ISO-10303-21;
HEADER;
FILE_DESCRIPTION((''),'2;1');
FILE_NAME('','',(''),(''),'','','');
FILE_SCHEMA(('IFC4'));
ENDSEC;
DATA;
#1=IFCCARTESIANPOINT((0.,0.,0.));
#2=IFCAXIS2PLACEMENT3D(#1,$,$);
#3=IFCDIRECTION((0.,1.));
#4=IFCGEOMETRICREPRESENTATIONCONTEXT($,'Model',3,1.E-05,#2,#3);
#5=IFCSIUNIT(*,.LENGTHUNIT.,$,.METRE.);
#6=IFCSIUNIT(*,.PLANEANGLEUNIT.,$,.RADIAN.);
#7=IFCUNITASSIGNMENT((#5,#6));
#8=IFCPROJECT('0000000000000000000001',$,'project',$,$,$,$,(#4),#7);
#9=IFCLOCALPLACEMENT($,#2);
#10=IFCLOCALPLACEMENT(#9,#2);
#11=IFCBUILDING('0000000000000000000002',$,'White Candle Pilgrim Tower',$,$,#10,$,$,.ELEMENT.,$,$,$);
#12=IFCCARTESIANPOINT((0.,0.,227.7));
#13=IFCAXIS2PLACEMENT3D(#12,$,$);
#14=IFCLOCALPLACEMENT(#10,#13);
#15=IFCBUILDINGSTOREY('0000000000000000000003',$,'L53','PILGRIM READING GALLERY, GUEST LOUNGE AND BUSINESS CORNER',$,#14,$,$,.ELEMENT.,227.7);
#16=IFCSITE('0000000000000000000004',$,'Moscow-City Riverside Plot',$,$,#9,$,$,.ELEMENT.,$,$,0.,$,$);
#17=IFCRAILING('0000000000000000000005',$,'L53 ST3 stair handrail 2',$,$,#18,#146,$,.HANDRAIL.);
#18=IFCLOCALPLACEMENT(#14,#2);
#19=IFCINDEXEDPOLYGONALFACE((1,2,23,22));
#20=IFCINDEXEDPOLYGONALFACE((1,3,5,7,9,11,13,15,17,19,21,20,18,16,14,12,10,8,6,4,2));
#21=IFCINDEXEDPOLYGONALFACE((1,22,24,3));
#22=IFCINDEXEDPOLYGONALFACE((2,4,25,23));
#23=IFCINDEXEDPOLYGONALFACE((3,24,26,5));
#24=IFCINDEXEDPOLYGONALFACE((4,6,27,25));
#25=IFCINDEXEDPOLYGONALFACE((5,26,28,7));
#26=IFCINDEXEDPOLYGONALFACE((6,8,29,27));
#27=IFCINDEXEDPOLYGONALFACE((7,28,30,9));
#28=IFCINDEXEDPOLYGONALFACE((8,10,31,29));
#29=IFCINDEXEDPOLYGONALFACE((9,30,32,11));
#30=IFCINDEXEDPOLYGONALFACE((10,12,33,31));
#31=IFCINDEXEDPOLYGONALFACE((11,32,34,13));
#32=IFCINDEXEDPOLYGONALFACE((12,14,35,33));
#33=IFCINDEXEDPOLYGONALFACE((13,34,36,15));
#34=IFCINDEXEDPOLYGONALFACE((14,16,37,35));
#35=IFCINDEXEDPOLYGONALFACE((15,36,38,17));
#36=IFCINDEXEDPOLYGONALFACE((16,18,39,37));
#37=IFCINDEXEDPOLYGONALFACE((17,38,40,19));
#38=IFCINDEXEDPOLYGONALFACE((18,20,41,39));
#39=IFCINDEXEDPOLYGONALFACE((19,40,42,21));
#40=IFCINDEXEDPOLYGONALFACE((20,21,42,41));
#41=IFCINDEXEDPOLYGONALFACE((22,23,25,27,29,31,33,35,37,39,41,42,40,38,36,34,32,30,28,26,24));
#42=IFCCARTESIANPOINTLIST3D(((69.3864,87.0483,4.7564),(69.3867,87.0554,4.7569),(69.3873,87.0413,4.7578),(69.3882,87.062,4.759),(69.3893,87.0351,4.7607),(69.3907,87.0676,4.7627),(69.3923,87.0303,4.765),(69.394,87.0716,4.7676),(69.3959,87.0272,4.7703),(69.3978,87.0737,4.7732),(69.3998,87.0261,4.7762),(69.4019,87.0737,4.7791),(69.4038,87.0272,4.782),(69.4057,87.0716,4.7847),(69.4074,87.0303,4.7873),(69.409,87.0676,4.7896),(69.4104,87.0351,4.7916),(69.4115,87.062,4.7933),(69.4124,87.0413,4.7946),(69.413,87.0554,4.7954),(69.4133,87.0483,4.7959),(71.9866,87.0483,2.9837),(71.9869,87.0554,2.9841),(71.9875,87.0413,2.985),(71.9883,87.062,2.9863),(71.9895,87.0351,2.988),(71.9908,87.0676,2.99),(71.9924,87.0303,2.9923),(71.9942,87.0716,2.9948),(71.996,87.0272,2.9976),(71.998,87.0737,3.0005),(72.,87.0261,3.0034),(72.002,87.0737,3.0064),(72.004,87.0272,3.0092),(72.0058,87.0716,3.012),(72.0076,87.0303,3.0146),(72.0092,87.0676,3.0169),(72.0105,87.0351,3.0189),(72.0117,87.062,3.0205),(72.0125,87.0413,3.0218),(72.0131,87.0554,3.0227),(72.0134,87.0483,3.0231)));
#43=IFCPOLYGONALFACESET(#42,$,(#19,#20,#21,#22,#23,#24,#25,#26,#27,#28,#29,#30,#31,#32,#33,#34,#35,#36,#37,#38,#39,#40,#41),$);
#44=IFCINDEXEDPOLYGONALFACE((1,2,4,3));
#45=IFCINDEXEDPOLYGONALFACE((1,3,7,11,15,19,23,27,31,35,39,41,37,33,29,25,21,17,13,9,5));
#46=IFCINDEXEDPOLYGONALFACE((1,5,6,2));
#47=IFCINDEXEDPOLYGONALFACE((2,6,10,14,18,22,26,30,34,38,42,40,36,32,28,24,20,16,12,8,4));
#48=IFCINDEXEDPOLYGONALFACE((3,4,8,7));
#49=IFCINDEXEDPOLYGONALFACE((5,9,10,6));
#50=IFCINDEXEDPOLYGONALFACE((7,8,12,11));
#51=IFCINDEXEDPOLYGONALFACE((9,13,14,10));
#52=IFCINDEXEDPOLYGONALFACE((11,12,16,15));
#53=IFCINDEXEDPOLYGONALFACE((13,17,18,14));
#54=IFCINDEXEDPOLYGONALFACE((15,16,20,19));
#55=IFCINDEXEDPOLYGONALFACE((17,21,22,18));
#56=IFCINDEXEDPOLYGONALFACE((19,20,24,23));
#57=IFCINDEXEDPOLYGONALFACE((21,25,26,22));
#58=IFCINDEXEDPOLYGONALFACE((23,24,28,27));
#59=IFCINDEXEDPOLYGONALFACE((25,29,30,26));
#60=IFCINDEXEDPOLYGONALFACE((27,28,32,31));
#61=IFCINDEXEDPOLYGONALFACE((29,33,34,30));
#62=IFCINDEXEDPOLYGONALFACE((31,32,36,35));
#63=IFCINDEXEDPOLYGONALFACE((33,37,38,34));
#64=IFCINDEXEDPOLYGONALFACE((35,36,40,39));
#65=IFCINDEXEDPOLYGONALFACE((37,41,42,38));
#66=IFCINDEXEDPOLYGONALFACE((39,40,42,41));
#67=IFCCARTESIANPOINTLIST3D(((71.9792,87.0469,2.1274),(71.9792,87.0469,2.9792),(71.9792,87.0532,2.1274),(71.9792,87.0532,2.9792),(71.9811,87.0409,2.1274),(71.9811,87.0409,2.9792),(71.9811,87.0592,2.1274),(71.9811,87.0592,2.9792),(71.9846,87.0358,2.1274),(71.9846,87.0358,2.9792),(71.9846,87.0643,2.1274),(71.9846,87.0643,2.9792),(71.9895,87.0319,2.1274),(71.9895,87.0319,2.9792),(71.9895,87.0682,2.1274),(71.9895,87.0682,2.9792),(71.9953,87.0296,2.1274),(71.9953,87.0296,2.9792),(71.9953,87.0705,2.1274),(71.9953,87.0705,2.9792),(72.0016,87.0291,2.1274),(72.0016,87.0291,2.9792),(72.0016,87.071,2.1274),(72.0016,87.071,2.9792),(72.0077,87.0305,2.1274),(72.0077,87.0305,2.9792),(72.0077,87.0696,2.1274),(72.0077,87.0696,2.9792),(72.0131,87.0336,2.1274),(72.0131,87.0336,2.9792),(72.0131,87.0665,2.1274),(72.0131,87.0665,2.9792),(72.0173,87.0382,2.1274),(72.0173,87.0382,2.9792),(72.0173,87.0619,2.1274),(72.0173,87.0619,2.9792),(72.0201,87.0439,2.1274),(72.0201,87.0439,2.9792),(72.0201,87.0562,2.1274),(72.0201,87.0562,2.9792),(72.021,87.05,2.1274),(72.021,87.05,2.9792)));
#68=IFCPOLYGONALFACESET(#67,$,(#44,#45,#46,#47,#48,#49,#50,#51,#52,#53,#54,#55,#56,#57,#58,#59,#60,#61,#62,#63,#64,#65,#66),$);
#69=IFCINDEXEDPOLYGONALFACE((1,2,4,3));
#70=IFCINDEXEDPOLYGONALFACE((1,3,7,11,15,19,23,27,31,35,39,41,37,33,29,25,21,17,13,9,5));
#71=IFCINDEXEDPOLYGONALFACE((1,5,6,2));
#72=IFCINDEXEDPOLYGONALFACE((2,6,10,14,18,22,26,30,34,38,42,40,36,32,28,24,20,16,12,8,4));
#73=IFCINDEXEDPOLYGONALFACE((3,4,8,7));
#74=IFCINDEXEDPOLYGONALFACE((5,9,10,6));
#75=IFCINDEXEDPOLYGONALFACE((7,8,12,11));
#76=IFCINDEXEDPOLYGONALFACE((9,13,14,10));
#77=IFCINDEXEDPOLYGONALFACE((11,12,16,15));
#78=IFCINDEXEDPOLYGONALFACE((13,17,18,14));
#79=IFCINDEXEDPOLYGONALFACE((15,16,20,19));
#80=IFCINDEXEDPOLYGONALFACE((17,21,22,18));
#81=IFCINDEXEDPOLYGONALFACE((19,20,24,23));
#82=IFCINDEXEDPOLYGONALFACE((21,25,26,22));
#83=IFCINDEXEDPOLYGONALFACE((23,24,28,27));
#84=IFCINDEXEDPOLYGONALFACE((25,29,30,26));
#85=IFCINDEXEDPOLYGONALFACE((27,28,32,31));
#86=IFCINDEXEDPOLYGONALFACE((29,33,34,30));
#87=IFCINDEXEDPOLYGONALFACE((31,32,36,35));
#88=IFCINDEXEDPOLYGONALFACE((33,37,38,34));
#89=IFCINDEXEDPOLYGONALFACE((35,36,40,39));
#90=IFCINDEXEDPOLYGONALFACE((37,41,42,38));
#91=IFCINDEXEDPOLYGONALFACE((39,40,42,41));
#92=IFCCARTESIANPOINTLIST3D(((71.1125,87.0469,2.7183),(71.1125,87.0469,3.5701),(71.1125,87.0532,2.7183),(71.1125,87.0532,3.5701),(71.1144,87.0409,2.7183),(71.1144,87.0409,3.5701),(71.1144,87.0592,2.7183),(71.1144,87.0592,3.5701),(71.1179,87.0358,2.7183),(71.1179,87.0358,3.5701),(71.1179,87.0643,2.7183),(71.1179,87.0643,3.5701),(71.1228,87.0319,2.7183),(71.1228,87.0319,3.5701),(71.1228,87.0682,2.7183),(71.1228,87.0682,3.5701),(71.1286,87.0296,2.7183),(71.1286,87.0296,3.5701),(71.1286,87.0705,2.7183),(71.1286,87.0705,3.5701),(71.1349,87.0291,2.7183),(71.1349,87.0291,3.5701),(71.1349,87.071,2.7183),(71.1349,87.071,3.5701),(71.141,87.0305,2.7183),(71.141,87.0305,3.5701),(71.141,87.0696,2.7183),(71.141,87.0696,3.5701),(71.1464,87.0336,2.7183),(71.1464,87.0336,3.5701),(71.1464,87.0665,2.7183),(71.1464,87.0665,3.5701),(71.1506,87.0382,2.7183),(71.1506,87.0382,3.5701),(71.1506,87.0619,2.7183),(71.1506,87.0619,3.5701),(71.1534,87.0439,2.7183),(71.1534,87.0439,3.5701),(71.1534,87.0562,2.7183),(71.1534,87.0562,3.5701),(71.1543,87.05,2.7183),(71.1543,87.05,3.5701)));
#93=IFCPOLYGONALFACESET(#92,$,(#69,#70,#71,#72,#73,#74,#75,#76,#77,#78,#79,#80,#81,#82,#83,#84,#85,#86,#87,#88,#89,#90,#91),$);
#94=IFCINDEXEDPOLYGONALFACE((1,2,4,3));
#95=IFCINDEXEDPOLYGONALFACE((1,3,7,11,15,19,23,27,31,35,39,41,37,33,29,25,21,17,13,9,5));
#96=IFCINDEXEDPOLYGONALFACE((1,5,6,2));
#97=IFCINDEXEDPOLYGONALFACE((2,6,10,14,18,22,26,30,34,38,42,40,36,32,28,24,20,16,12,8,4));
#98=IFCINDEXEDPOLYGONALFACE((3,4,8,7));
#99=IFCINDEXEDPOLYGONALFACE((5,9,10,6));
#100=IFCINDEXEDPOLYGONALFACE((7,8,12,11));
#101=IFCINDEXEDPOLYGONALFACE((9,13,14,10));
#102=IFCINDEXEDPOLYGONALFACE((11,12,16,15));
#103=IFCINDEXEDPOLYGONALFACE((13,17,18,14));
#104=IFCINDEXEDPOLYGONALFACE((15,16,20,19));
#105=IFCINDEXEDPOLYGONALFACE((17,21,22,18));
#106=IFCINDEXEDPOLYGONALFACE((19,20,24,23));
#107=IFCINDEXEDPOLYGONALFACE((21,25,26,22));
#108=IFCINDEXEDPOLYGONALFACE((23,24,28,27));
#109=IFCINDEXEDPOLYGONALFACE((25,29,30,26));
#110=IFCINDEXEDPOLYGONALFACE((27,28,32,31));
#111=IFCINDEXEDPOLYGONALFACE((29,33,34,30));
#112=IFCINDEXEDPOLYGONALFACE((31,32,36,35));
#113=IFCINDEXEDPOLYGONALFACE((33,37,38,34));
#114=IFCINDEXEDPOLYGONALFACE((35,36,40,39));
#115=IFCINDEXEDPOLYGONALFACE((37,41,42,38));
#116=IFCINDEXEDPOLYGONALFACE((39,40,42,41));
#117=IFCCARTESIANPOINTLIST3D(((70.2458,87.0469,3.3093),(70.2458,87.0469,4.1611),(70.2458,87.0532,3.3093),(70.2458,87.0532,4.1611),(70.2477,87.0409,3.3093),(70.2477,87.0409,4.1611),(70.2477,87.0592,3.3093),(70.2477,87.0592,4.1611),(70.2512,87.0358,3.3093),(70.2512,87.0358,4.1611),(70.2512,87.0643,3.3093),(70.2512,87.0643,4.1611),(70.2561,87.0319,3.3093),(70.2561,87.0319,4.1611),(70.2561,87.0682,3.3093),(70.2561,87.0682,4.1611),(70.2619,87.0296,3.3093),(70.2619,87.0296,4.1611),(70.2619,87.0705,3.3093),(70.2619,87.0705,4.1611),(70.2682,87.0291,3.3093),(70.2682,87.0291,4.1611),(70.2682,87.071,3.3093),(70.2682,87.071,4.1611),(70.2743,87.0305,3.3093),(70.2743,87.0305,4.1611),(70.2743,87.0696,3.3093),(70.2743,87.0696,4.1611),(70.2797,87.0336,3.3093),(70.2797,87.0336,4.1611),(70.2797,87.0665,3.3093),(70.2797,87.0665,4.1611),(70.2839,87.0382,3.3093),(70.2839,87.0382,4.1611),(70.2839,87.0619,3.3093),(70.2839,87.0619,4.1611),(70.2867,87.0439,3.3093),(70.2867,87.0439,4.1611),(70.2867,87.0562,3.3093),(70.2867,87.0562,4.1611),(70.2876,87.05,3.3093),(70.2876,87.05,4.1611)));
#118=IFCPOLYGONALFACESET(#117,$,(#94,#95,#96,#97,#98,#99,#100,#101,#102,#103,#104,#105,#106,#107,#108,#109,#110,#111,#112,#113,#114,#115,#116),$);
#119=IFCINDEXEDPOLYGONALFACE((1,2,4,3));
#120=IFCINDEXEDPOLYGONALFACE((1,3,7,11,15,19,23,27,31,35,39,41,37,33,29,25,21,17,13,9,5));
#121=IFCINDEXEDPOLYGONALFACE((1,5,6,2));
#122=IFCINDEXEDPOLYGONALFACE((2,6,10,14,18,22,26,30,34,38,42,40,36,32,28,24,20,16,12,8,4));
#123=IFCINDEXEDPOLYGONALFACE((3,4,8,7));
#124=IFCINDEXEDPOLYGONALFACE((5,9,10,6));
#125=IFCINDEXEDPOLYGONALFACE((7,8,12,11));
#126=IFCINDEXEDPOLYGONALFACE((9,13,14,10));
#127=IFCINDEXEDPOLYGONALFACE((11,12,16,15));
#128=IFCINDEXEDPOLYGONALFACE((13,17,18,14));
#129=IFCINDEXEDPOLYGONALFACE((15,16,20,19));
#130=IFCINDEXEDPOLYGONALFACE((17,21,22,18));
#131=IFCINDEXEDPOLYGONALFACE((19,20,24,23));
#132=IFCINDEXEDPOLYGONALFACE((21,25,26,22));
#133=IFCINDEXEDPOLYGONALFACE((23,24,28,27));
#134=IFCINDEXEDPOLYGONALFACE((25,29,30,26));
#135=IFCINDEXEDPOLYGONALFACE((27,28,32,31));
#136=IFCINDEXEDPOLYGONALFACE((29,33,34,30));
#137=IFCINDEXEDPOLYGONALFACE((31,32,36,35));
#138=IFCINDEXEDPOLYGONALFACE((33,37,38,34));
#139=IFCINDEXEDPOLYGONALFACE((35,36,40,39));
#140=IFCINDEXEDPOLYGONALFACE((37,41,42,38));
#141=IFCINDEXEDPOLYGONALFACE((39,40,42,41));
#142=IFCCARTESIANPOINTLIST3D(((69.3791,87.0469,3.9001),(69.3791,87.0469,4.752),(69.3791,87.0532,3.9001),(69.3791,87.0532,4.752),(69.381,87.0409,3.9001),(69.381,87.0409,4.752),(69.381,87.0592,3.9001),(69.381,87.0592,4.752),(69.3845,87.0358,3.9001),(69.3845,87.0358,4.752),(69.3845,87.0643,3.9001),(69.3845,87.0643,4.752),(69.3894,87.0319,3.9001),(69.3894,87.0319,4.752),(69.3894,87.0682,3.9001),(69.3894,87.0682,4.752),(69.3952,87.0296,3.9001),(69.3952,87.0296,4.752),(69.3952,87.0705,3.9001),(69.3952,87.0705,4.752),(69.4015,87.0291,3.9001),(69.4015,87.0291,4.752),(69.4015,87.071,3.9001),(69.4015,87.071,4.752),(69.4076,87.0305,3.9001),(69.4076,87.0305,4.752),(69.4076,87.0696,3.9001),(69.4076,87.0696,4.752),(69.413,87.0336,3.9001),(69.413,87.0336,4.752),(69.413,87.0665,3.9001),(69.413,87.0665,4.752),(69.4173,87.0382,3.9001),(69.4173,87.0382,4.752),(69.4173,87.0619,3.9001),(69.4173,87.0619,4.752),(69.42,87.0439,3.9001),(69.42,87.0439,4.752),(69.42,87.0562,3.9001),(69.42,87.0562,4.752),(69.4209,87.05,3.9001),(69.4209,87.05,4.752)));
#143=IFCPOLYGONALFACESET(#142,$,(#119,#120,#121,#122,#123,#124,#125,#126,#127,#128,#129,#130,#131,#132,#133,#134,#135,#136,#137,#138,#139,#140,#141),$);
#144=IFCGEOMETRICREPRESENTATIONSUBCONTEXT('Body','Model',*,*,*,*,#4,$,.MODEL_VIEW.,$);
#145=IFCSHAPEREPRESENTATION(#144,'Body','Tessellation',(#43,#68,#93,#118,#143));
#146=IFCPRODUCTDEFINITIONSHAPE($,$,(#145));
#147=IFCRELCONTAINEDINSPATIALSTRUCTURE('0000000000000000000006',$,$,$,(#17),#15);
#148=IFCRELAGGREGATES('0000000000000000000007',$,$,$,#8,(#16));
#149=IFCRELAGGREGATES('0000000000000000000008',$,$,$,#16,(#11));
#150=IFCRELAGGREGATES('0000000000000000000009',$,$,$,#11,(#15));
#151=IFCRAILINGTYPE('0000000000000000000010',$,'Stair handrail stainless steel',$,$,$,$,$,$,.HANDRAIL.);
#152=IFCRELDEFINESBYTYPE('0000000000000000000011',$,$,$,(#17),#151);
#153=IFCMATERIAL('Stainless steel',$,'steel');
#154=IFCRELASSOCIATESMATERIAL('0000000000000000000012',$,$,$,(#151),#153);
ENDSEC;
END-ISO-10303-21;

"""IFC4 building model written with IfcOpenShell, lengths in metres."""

from ifc_helpers import new_model, si_unit, direction, frame, origin, origin_2d, place, context, subcontext, project, spatial, circle, extrude, material, type_object, element, save


model = new_model("IFC4")

# Units and contexts
model_context = context("Model", 3, precision=1e-05, world=origin(), true_north=direction((0.0, 1.0)))
body_context = subcontext(model_context, "Body", "Model", "MODEL_VIEW")
ifc_project = project(units=[si_unit("LENGTHUNIT", "METRE"), si_unit("PLANEANGLEUNIT", "RADIAN")], contexts=[model_context])

# Site, building, storey
site_placement = place(None, origin())
site = spatial("IfcSite", under=ifc_project, at=site_placement, Name="Moscow-City Riverside Plot", CompositionType="ELEMENT", RefElevation=0.0)
building_placement = place(site_placement, origin())
building = spatial("IfcBuilding", under=site, at=building_placement, Name="White Candle Pilgrim Tower", CompositionType="ELEMENT")
storey_placement = place(building_placement, frame((0.0, 0.0, 227.7)))
storey = spatial("IfcBuildingStorey", under=building, at=storey_placement, Name="L53", Description="PILGRIM READING GALLERY, GUEST LOUNGE AND BUSINESS CORNER", CompositionType="ELEMENT", Elevation=227.7)

# Shared definitions
ifc_material_1 = material(Name="Stainless steel", Category="steel")

# Railing
railing_type_1 = type_object("IfcRailingType", Name="Stair handrail stainless steel", PredefinedType="HANDRAIL", material=ifc_material_1)
railing_1_placement = place(storey_placement, frame((72.0, 87.05, 2.1274)))
element("IfcRailing", 1, at=railing_1_placement, inside=storey, type_object=railing_type_1, Name="L53 ST3 stair handrail 2", PredefinedType="HANDRAIL", context=body_context, shape_type="SweptSolid", body=[
    extrude(circle(Radius=0.0239, at=origin_2d()), frame((0.0, 0.0, 0.876), z_axis=(-0.82624, 0.0, 0.563318), x_axis=(0.0, -1.0, 0.0)), (0.0, 0.0, 1.0), 3.147),
    extrude(circle(Radius=0.021, at=origin_2d()), origin(), (0.0, 0.0, 1.0), 0.8518),
    extrude(circle(Radius=0.021, at=origin_2d()), frame((-0.8667, 0.0, 0.5908)), (0.0, 0.0, 1.0), 0.8518),
    extrude(circle(Radius=0.021, at=origin_2d()), frame((-1.7334, 0.0, 1.1819)), (0.0, 0.0, 1.0), 0.8518),
    extrude(circle(Radius=0.021, at=origin_2d()), frame((-2.6001, 0.0, 1.7727)), (0.0, 0.0, 1.0), 0.8518),
])

save(model, "model.ifc")
